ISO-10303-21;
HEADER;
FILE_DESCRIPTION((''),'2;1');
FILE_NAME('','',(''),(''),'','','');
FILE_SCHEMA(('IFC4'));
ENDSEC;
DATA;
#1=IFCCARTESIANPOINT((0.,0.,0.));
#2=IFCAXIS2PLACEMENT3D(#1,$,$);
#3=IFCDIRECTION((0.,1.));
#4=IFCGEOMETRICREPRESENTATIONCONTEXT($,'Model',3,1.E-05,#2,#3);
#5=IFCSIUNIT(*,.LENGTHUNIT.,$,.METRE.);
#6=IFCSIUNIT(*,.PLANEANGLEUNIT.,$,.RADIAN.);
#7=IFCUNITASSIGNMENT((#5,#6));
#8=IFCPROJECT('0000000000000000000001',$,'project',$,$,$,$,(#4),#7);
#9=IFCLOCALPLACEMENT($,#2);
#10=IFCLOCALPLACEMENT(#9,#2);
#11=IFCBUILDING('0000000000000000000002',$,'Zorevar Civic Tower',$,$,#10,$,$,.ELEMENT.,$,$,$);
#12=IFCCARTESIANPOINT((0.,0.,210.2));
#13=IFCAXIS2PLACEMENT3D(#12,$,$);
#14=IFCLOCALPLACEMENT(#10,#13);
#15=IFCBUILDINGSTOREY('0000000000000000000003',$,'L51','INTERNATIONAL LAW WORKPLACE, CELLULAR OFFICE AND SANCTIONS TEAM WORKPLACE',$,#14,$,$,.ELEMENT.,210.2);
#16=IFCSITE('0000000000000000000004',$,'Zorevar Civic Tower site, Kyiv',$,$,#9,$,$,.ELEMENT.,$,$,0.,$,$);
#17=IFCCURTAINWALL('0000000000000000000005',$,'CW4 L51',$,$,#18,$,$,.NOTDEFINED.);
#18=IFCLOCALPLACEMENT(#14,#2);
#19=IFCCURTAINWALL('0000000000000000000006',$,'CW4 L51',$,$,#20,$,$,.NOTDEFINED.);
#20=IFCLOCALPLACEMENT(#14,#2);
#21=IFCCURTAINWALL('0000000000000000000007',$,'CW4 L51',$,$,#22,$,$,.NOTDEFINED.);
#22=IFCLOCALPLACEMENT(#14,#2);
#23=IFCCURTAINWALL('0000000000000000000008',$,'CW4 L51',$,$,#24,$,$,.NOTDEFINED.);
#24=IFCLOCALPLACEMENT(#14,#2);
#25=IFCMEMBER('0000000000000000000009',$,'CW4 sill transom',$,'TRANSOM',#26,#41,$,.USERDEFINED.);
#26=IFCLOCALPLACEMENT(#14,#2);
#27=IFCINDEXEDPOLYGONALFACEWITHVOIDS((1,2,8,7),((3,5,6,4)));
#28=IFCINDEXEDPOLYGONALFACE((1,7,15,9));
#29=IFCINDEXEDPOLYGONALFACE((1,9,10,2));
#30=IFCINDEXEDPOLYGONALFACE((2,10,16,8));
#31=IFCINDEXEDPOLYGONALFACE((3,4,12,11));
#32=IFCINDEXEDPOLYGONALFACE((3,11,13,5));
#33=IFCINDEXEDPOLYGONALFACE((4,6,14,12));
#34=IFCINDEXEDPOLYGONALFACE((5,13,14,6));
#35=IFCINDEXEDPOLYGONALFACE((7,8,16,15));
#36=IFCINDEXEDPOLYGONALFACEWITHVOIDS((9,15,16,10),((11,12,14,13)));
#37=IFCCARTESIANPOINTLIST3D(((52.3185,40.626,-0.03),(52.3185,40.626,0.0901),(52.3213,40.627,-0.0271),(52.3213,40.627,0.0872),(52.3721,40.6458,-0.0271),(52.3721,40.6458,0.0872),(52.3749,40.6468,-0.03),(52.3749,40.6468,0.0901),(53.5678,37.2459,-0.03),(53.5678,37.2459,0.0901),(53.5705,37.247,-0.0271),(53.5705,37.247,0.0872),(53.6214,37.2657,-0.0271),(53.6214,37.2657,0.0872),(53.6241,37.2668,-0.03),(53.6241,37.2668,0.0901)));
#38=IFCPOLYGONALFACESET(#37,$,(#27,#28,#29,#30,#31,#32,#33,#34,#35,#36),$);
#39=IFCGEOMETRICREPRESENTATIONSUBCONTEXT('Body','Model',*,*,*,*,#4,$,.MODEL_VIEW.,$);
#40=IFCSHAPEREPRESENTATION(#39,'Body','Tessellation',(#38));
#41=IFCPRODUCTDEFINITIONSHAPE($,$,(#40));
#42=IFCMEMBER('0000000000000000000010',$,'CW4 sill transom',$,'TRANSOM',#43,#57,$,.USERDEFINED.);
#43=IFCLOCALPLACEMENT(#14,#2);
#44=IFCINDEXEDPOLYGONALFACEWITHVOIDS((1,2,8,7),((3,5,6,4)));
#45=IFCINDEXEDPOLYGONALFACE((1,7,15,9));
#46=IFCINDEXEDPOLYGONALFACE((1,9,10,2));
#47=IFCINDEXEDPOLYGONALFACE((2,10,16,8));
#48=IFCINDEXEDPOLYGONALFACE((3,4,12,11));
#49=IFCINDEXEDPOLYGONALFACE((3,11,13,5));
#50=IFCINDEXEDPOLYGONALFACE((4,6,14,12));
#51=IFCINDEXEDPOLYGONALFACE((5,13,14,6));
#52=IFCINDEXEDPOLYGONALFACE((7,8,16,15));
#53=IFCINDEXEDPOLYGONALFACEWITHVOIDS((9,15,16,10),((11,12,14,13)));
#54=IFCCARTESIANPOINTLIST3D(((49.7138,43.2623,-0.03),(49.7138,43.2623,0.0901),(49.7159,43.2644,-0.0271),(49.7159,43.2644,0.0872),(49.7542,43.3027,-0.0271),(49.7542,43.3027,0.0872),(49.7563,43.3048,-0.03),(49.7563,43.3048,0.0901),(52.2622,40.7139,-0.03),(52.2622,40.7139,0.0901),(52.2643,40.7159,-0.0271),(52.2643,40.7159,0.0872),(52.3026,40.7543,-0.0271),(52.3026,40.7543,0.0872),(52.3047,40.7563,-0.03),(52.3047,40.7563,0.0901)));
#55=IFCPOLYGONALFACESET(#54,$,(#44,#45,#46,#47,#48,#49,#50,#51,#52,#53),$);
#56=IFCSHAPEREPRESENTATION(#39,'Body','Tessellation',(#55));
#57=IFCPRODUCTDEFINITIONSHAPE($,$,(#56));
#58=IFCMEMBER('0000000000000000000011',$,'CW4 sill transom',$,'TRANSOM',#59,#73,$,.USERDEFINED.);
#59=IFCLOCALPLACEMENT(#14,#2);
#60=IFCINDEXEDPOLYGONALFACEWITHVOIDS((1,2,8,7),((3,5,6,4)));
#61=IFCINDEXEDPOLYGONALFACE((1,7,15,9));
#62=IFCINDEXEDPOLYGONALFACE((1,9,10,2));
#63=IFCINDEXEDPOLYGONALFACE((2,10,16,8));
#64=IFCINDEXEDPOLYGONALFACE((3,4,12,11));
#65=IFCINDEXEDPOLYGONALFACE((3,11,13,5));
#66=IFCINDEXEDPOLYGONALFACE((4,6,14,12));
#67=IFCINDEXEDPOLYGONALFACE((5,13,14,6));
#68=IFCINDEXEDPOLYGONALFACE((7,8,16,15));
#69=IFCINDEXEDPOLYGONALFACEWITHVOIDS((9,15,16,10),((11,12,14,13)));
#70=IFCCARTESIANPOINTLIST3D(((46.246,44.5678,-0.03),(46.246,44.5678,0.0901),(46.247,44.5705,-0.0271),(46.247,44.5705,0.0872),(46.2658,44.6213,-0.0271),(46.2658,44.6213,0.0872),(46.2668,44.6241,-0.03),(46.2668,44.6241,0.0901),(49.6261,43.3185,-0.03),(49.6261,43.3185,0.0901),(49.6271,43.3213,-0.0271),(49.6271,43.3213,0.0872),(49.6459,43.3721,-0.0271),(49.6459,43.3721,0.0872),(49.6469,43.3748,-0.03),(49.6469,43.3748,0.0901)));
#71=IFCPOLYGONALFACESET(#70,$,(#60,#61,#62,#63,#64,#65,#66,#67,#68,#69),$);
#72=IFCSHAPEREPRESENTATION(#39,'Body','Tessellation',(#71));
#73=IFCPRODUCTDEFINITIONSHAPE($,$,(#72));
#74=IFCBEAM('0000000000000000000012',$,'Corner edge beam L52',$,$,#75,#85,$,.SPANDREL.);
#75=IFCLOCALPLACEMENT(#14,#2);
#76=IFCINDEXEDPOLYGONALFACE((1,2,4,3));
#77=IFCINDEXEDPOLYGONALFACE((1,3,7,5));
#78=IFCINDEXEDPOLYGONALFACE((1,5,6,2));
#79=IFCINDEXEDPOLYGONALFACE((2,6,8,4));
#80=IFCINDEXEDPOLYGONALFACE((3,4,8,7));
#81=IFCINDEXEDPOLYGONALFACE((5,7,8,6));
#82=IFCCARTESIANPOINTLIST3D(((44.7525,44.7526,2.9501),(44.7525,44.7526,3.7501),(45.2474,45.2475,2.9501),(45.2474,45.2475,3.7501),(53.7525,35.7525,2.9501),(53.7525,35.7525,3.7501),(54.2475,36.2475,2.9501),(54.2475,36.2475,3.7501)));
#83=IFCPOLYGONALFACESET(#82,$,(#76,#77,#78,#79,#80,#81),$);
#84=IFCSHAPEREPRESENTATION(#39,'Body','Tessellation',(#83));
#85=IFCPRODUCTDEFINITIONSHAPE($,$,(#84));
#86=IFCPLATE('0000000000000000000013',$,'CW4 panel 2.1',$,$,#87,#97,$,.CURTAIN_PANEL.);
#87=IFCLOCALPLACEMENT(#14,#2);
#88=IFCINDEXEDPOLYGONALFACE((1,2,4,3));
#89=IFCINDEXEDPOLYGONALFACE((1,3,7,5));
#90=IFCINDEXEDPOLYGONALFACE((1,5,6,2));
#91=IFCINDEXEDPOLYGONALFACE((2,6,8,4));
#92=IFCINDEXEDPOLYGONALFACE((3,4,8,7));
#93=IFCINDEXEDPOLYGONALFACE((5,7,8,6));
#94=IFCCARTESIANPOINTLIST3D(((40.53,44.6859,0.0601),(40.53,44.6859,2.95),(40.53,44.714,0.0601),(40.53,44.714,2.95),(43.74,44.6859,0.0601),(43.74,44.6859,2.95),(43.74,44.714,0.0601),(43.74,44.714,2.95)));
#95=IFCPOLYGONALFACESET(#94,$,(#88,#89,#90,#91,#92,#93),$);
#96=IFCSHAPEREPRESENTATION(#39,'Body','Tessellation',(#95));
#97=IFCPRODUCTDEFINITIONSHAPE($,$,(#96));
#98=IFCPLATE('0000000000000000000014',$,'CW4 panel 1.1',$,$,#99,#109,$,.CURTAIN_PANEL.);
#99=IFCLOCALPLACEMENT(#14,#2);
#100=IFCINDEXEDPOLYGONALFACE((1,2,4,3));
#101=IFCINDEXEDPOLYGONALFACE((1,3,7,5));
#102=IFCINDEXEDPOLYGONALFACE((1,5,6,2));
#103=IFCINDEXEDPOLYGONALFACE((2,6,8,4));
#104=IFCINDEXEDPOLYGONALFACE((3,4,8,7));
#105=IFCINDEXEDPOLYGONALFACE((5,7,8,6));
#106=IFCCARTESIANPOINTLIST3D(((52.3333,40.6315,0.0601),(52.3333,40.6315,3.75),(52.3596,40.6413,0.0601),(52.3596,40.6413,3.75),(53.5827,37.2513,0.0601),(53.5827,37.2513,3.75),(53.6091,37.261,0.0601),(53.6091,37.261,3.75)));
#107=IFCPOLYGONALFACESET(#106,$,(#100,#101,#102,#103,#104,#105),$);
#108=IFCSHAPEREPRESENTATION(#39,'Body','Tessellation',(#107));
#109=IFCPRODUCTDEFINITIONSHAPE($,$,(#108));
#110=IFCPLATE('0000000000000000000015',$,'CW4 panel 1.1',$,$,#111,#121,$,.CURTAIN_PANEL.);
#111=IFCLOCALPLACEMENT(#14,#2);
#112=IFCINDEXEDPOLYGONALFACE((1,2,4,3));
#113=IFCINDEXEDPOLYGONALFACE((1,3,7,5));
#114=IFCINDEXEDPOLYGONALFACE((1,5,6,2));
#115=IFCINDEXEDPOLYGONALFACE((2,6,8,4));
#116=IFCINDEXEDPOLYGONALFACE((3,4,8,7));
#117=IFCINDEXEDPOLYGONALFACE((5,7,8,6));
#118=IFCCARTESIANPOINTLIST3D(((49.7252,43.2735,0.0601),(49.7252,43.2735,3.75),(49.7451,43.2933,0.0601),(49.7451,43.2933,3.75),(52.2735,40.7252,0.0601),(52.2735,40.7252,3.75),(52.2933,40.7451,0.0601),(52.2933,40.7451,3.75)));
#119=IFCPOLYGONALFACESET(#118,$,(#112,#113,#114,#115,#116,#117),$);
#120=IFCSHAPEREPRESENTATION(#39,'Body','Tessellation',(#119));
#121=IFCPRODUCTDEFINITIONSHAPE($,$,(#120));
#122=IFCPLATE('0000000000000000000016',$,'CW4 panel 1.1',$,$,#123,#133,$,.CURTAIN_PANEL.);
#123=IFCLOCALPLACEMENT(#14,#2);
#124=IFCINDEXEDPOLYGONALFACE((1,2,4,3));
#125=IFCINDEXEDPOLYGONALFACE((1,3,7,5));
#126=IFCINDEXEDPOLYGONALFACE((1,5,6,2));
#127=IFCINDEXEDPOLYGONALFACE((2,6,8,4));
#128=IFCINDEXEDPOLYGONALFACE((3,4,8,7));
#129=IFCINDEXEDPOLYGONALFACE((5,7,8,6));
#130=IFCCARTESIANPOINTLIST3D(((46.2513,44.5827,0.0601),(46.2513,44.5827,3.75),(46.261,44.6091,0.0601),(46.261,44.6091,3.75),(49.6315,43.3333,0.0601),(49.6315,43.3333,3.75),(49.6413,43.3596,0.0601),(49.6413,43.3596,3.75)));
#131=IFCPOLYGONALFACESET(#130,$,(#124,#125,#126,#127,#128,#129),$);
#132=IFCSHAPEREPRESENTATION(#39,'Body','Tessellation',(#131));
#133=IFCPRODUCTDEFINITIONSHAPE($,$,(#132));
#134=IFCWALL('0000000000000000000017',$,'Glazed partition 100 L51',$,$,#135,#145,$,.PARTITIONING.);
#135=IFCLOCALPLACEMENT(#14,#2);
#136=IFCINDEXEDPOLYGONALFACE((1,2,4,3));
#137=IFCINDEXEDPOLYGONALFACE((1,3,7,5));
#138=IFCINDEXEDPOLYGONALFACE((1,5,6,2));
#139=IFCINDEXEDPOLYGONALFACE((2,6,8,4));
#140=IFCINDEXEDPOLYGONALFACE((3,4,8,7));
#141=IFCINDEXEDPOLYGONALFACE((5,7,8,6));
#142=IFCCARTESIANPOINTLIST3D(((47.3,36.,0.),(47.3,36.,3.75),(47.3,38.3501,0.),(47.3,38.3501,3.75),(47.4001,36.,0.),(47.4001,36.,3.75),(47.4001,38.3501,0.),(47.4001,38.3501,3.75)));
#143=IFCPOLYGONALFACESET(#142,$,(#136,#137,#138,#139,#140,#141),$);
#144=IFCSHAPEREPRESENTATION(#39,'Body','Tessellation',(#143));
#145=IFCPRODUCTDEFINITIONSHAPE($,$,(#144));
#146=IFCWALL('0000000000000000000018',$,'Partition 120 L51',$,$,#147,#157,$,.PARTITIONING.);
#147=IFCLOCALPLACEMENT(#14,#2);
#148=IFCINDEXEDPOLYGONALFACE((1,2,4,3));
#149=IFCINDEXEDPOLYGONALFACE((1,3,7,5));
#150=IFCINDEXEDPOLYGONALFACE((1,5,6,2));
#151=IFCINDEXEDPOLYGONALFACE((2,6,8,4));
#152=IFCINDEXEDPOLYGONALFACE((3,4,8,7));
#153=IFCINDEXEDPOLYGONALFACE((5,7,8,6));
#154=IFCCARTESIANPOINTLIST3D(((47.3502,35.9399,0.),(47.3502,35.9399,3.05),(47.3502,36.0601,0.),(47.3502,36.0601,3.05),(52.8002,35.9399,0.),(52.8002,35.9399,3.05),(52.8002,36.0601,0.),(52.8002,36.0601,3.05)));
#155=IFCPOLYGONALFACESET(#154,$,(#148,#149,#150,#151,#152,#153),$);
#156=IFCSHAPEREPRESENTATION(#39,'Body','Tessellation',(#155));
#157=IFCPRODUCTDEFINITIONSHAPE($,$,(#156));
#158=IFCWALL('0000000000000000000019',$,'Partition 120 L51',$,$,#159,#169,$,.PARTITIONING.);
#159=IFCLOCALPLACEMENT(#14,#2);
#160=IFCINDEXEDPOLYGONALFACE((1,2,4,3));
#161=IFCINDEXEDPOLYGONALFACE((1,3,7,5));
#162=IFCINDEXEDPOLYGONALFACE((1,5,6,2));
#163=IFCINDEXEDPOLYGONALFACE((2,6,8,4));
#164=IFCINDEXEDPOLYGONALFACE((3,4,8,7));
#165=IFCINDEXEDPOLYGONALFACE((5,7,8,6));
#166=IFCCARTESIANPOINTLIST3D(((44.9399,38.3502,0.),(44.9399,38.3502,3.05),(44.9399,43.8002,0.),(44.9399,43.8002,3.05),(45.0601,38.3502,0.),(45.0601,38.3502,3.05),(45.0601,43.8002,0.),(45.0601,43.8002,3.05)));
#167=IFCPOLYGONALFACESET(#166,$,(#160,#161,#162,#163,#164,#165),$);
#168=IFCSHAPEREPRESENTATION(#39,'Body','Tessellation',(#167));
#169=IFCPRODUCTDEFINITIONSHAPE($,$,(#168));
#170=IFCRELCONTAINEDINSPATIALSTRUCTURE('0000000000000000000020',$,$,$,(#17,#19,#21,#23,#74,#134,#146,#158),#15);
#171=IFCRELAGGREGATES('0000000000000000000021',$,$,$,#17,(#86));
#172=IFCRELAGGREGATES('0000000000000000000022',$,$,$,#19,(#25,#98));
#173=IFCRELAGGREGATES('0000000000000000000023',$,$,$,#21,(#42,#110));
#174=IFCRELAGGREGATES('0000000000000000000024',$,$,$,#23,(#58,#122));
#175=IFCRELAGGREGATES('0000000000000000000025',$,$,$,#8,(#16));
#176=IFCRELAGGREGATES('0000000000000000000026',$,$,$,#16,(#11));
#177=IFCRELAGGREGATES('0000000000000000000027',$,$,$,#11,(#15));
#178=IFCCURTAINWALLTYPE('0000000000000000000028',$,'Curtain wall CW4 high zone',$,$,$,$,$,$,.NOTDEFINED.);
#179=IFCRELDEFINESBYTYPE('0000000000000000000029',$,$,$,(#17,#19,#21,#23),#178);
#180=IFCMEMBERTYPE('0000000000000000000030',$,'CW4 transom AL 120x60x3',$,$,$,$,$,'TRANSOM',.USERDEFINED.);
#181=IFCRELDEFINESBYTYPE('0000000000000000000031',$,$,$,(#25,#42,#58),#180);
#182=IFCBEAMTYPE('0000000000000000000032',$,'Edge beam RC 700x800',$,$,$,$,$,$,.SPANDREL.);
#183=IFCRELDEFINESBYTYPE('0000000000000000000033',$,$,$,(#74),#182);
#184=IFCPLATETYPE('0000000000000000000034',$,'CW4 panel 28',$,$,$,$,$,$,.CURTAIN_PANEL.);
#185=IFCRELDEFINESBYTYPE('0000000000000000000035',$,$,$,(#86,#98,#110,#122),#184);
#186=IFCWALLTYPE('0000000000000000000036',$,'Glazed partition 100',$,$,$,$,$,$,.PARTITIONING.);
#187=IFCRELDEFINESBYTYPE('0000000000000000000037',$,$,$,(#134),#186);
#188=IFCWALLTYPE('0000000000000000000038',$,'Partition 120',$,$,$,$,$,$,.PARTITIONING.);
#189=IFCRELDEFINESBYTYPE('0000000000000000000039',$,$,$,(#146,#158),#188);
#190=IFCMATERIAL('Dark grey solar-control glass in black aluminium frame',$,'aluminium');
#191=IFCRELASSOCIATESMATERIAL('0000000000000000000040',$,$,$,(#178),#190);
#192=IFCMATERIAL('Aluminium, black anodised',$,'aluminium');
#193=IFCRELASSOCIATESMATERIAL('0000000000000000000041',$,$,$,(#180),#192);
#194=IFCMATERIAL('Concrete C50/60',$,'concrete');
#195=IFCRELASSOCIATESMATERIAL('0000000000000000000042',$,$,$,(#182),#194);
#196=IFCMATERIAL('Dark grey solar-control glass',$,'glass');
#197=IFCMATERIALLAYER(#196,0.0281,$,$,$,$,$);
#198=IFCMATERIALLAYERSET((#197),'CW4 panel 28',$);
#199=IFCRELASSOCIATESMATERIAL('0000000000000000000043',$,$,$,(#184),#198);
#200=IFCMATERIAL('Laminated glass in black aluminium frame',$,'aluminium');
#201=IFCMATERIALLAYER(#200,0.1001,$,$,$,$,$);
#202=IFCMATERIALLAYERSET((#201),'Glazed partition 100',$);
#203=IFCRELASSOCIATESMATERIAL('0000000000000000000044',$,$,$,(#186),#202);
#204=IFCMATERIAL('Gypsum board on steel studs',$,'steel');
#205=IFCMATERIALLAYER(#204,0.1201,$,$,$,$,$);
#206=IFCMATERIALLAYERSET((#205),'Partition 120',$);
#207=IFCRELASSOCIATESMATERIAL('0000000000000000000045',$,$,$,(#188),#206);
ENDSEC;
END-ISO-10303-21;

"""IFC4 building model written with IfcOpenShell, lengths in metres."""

from ifc_helpers import new_model, si_unit, direction, frame, frame_2d, origin, origin_2d, place, context, subcontext, project, spatial, rectangle, hollow_rectangle, extrude, material, layer, layer_set, material_profile, profile_set, type_object, element, aggregate, save


model = new_model("IFC4")

# Units and contexts
model_context = context("Model", 3, precision=1e-05, world=origin(), true_north=direction((0.0, 1.0)))
body_context = subcontext(model_context, "Body", "Model", "MODEL_VIEW")
ifc_project = project(units=[si_unit("LENGTHUNIT", "METRE"), si_unit("PLANEANGLEUNIT", "RADIAN")], contexts=[model_context])

# Site, building, storey
site_placement = place(None, origin())
site = spatial("IfcSite", under=ifc_project, at=site_placement, Name="Zorevar Civic Tower site, Kyiv", CompositionType="ELEMENT", RefElevation=0.0)
building_placement = place(site_placement, origin())
building = spatial("IfcBuilding", under=site, at=building_placement, Name="Zorevar Civic Tower", CompositionType="ELEMENT")
storey_placement = place(building_placement, frame((0.0, 0.0, 210.2)))
storey = spatial("IfcBuildingStorey", under=building, at=storey_placement, Name="L51", Description="INTERNATIONAL LAW WORKPLACE, CELLULAR OFFICE AND SANCTIONS TEAM WORKPLACE", CompositionType="ELEMENT", Elevation=210.2)

# Curtain wall
ifc_material_1 = material(Name="Dark grey solar-control glass in black aluminium frame", Category="aluminium")
curtain_wall_type = type_object("IfcCurtainWallType", Name="Curtain wall CW4 high zone", PredefinedType="NOTDEFINED", material=ifc_material_1)
curtain_wall_1_placement = place(storey_placement, origin())
curtain_wall_1 = element("IfcCurtainWall", 1, at=curtain_wall_1_placement, inside=storey, type_object=curtain_wall_type, Name="CW4 L51", PredefinedType="NOTDEFINED")

# Curtain walls
curtain_wall_2_placement = place(storey_placement, origin())
curtain_wall_2 = element("IfcCurtainWall", 2, at=curtain_wall_2_placement, inside=storey, type_object=curtain_wall_type, Name="CW4 L51", PredefinedType="NOTDEFINED")
curtain_wall_3_placement = place(storey_placement, origin())
curtain_wall_3 = element("IfcCurtainWall", 3, at=curtain_wall_3_placement, inside=storey, type_object=curtain_wall_type, Name="CW4 L51", PredefinedType="NOTDEFINED")
curtain_wall_4_placement = place(storey_placement, origin())
curtain_wall_4 = element("IfcCurtainWall", 4, at=curtain_wall_4_placement, inside=storey, type_object=curtain_wall_type, Name="CW4 L51", PredefinedType="NOTDEFINED")

# Members
ifc_material_2 = material(Name="Aluminium, black anodised", Category="aluminium")
ifc_material_profile_1 = material_profile(ifc_material_2, hollow_rectangle(XDim=0.0601, YDim=0.1201, WallThickness=0.0029, at=origin_2d()), Name="AL 120x60x3")
ifc_profile_set_1 = profile_set([ifc_material_profile_1], Name="Aluminium, black anodised")
member_type_1 = type_object("IfcMemberType", Name="CW4 transom AL 120x60x3", ElementType="TRANSOM", PredefinedType="USERDEFINED", material=ifc_profile_set_1)
member_1_placement = place(storey_placement, frame((53.5959, 37.2563, 0.03), z_axis=(-0.346672, 0.937986, 0.0), x_axis=(-0.937986, -0.346672, 0.0)))
member_1 = element("IfcMember", 5, at=member_1_placement, type_object=member_type_1, Name="CW4 sill transom", ObjectType="TRANSOM", PredefinedType="USERDEFINED", context=body_context, shape_type="SweptSolid", body=[
    extrude(hollow_rectangle(XDim=0.0601, YDim=0.1201, WallThickness=0.0029, at=origin_2d()), origin(), (0.0, 0.0, 1.0), 3.6035),
])
member_2_placement = place(storey_placement, frame((52.2834, 40.7351, 0.03), z_axis=(-0.707107, 0.707107, 0.0), x_axis=(-0.707107, -0.707107, 0.0)))
member_2 = element("IfcMember", 6, at=member_2_placement, type_object=member_type_1, Name="CW4 sill transom", ObjectType="TRANSOM", PredefinedType="USERDEFINED", context=body_context, shape_type="SweptSolid", body=[
    extrude(hollow_rectangle(XDim=0.0601, YDim=0.1201, WallThickness=0.0029, at=origin_2d()), origin(), (0.0, 0.0, 1.0), 3.604),
])
member_3_placement = place(storey_placement, frame((49.6365, 43.3467, 0.03), z_axis=(-0.937986, 0.346672, 0.0), x_axis=(-0.346672, -0.937986, 0.0)))
member_3 = element("IfcMember", 7, at=member_3_placement, type_object=member_type_1, Name="CW4 sill transom", ObjectType="TRANSOM", PredefinedType="USERDEFINED", context=body_context, shape_type="SweptSolid", body=[
    extrude(hollow_rectangle(XDim=0.0601, YDim=0.1201, WallThickness=0.0029, at=origin_2d()), origin(), (0.0, 0.0, 1.0), 3.6035),
])

# Beam
ifc_material_3 = material(Name="Concrete C50/60", Category="concrete")
ifc_material_profile_2 = material_profile(ifc_material_3, rectangle(XDim=0.7, YDim=0.8, at=origin_2d()), Name="RC 700x800")
ifc_profile_set_2 = profile_set([ifc_material_profile_2], Name="Concrete C50/60")
beam_type_1 = type_object("IfcBeamType", Name="Edge beam RC 700x800", PredefinedType="SPANDREL", material=ifc_profile_set_2)
beam_1_placement = place(storey_placement, frame((54.0, 36.0, 3.3501), z_axis=(-0.707107, 0.707107, 0.0), x_axis=(-0.707107, -0.707107, 0.0)))
element("IfcBeam", 8, at=beam_1_placement, inside=storey, type_object=beam_type_1, Name="Corner edge beam L52", PredefinedType="SPANDREL", context=body_context, shape_type="SweptSolid", body=[
    extrude(rectangle(XDim=0.7, YDim=0.8, at=origin_2d()), origin(), (0.0, 0.0, 1.0), 12.728),
])

# Plates
ifc_material_4 = material(Name="Dark grey solar-control glass", Category="glass")
ifc_layer_1 = layer(ifc_material_4, 0.0281)
ifc_layer_set_1 = layer_set([ifc_layer_1], Name="CW4 panel 28")
plate_type = type_object("IfcPlateType", Name="CW4 panel 28", PredefinedType="CURTAIN_PANEL", material=ifc_layer_set_1)
plate_1_placement = place(storey_placement, frame((42.135, 44.7, 0.0601), z_axis=(0.0, 0.0, 1.0), x_axis=(1.0, 0.0, 0.0)))
plate_1 = element("IfcPlate", 9, at=plate_1_placement, type_object=plate_type, Name="CW4 panel 2.1", PredefinedType="CURTAIN_PANEL", context=body_context, shape_type="SweptSolid", body=[
    extrude(rectangle(XDim=3.21, YDim=0.0281, at=origin_2d()), origin(), (0.0, 0.0, 1.0), 2.8899),
])
aggregate(curtain_wall_1, [plate_1])
plate_2_placement = place(storey_placement, frame((52.9712, 38.9463, 0.0601), z_axis=(0.0, 0.0, 1.0), x_axis=(-0.346704, 0.937975, 0.0)))
plate_2 = element("IfcPlate", 10, at=plate_2_placement, type_object=plate_type, Name="CW4 panel 1.1", PredefinedType="CURTAIN_PANEL", context=body_context, shape_type="SweptSolid", body=[
    extrude(rectangle(XDim=3.6038, YDim=0.0281, at=origin_2d()), origin(), (0.0, 0.0, 1.0), 3.6899),
])
aggregate(curtain_wall_2, [member_1, plate_2])
plate_3_placement = place(storey_placement, frame((51.0093, 42.0093, 0.0601), z_axis=(0.0, 0.0, 1.0), x_axis=(-0.707107, 0.707107, 0.0)))
plate_3 = element("IfcPlate", 11, at=plate_3_placement, type_object=plate_type, Name="CW4 panel 1.1", PredefinedType="CURTAIN_PANEL", context=body_context, shape_type="SweptSolid", body=[
    extrude(rectangle(XDim=3.6038, YDim=0.0281, at=origin_2d()), origin(), (0.0, 0.0, 1.0), 3.6899),
])
aggregate(curtain_wall_3, [member_2, plate_3])
plate_4_placement = place(storey_placement, frame((47.9463, 43.9712, 0.0601), z_axis=(0.0, 0.0, 1.0), x_axis=(-0.937975, 0.346704, 0.0)))
plate_4 = element("IfcPlate", 12, at=plate_4_placement, type_object=plate_type, Name="CW4 panel 1.1", PredefinedType="CURTAIN_PANEL", context=body_context, shape_type="SweptSolid", body=[
    extrude(rectangle(XDim=3.6038, YDim=0.0281, at=origin_2d()), origin(), (0.0, 0.0, 1.0), 3.6899),
])
aggregate(curtain_wall_4, [member_3, plate_4])

# Shared definitions
ifc_material_5 = material(Name="Laminated glass in black aluminium frame", Category="aluminium")
ifc_layer_2 = layer(ifc_material_5, 0.1001)
ifc_layer_set_2 = layer_set([ifc_layer_2], Name="Glazed partition 100")
wall_type_1 = type_object("IfcWallType", Name="Glazed partition 100", PredefinedType="PARTITIONING", material=ifc_layer_set_2)

# Walls
wall_1_placement = place(storey_placement, frame((47.3501, 36.0, 0.0), z_axis=(0.0, 0.0, 1.0), x_axis=(0.0, 1.0, 0.0)))
element("IfcWall", 13, at=wall_1_placement, inside=storey, type_object=wall_type_1, Name="Glazed partition 100 L51", PredefinedType="PARTITIONING", context=body_context, shape_type="SweptSolid", body=[
    extrude(rectangle(XDim=2.3501, YDim=0.1001, at=frame_2d((1.175, 0.0))), origin(), (0.0, 0.0, 1.0), 3.75),
])
ifc_material_6 = material(Name="Gypsum board on steel studs", Category="steel")
ifc_layer_3 = layer(ifc_material_6, 0.1201)
ifc_layer_set_3 = layer_set([ifc_layer_3], Name="Partition 120")
wall_type_2 = type_object("IfcWallType", Name="Partition 120", PredefinedType="PARTITIONING", material=ifc_layer_set_3)
for number, where, z_axis, x_axis, name in (
    (14, (47.3501, 36.0, 0.0), (0.0, 0.0, 1.0), (1.0, 0.0, 0.0), "Partition 120 L51"),
    (15, (45.0, 38.3501, 0.0), (0.0, 0.0, 1.0), (0.0, 1.0, 0.0), "Partition 120 L51"),
):
    element("IfcWall", number, at=place(storey_placement, frame(where, z_axis=z_axis, x_axis=x_axis)), inside=storey, type_object=wall_type_2, Name=name, PredefinedType="PARTITIONING", context=body_context, shape_type="SweptSolid", body=[
        extrude(rectangle(XDim=5.45, YDim=0.1201, at=frame_2d((2.7251, 0.0))), origin(), (0.0, 0.0, 1.0), 3.05),
    ])

save(model, "model.ifc")
